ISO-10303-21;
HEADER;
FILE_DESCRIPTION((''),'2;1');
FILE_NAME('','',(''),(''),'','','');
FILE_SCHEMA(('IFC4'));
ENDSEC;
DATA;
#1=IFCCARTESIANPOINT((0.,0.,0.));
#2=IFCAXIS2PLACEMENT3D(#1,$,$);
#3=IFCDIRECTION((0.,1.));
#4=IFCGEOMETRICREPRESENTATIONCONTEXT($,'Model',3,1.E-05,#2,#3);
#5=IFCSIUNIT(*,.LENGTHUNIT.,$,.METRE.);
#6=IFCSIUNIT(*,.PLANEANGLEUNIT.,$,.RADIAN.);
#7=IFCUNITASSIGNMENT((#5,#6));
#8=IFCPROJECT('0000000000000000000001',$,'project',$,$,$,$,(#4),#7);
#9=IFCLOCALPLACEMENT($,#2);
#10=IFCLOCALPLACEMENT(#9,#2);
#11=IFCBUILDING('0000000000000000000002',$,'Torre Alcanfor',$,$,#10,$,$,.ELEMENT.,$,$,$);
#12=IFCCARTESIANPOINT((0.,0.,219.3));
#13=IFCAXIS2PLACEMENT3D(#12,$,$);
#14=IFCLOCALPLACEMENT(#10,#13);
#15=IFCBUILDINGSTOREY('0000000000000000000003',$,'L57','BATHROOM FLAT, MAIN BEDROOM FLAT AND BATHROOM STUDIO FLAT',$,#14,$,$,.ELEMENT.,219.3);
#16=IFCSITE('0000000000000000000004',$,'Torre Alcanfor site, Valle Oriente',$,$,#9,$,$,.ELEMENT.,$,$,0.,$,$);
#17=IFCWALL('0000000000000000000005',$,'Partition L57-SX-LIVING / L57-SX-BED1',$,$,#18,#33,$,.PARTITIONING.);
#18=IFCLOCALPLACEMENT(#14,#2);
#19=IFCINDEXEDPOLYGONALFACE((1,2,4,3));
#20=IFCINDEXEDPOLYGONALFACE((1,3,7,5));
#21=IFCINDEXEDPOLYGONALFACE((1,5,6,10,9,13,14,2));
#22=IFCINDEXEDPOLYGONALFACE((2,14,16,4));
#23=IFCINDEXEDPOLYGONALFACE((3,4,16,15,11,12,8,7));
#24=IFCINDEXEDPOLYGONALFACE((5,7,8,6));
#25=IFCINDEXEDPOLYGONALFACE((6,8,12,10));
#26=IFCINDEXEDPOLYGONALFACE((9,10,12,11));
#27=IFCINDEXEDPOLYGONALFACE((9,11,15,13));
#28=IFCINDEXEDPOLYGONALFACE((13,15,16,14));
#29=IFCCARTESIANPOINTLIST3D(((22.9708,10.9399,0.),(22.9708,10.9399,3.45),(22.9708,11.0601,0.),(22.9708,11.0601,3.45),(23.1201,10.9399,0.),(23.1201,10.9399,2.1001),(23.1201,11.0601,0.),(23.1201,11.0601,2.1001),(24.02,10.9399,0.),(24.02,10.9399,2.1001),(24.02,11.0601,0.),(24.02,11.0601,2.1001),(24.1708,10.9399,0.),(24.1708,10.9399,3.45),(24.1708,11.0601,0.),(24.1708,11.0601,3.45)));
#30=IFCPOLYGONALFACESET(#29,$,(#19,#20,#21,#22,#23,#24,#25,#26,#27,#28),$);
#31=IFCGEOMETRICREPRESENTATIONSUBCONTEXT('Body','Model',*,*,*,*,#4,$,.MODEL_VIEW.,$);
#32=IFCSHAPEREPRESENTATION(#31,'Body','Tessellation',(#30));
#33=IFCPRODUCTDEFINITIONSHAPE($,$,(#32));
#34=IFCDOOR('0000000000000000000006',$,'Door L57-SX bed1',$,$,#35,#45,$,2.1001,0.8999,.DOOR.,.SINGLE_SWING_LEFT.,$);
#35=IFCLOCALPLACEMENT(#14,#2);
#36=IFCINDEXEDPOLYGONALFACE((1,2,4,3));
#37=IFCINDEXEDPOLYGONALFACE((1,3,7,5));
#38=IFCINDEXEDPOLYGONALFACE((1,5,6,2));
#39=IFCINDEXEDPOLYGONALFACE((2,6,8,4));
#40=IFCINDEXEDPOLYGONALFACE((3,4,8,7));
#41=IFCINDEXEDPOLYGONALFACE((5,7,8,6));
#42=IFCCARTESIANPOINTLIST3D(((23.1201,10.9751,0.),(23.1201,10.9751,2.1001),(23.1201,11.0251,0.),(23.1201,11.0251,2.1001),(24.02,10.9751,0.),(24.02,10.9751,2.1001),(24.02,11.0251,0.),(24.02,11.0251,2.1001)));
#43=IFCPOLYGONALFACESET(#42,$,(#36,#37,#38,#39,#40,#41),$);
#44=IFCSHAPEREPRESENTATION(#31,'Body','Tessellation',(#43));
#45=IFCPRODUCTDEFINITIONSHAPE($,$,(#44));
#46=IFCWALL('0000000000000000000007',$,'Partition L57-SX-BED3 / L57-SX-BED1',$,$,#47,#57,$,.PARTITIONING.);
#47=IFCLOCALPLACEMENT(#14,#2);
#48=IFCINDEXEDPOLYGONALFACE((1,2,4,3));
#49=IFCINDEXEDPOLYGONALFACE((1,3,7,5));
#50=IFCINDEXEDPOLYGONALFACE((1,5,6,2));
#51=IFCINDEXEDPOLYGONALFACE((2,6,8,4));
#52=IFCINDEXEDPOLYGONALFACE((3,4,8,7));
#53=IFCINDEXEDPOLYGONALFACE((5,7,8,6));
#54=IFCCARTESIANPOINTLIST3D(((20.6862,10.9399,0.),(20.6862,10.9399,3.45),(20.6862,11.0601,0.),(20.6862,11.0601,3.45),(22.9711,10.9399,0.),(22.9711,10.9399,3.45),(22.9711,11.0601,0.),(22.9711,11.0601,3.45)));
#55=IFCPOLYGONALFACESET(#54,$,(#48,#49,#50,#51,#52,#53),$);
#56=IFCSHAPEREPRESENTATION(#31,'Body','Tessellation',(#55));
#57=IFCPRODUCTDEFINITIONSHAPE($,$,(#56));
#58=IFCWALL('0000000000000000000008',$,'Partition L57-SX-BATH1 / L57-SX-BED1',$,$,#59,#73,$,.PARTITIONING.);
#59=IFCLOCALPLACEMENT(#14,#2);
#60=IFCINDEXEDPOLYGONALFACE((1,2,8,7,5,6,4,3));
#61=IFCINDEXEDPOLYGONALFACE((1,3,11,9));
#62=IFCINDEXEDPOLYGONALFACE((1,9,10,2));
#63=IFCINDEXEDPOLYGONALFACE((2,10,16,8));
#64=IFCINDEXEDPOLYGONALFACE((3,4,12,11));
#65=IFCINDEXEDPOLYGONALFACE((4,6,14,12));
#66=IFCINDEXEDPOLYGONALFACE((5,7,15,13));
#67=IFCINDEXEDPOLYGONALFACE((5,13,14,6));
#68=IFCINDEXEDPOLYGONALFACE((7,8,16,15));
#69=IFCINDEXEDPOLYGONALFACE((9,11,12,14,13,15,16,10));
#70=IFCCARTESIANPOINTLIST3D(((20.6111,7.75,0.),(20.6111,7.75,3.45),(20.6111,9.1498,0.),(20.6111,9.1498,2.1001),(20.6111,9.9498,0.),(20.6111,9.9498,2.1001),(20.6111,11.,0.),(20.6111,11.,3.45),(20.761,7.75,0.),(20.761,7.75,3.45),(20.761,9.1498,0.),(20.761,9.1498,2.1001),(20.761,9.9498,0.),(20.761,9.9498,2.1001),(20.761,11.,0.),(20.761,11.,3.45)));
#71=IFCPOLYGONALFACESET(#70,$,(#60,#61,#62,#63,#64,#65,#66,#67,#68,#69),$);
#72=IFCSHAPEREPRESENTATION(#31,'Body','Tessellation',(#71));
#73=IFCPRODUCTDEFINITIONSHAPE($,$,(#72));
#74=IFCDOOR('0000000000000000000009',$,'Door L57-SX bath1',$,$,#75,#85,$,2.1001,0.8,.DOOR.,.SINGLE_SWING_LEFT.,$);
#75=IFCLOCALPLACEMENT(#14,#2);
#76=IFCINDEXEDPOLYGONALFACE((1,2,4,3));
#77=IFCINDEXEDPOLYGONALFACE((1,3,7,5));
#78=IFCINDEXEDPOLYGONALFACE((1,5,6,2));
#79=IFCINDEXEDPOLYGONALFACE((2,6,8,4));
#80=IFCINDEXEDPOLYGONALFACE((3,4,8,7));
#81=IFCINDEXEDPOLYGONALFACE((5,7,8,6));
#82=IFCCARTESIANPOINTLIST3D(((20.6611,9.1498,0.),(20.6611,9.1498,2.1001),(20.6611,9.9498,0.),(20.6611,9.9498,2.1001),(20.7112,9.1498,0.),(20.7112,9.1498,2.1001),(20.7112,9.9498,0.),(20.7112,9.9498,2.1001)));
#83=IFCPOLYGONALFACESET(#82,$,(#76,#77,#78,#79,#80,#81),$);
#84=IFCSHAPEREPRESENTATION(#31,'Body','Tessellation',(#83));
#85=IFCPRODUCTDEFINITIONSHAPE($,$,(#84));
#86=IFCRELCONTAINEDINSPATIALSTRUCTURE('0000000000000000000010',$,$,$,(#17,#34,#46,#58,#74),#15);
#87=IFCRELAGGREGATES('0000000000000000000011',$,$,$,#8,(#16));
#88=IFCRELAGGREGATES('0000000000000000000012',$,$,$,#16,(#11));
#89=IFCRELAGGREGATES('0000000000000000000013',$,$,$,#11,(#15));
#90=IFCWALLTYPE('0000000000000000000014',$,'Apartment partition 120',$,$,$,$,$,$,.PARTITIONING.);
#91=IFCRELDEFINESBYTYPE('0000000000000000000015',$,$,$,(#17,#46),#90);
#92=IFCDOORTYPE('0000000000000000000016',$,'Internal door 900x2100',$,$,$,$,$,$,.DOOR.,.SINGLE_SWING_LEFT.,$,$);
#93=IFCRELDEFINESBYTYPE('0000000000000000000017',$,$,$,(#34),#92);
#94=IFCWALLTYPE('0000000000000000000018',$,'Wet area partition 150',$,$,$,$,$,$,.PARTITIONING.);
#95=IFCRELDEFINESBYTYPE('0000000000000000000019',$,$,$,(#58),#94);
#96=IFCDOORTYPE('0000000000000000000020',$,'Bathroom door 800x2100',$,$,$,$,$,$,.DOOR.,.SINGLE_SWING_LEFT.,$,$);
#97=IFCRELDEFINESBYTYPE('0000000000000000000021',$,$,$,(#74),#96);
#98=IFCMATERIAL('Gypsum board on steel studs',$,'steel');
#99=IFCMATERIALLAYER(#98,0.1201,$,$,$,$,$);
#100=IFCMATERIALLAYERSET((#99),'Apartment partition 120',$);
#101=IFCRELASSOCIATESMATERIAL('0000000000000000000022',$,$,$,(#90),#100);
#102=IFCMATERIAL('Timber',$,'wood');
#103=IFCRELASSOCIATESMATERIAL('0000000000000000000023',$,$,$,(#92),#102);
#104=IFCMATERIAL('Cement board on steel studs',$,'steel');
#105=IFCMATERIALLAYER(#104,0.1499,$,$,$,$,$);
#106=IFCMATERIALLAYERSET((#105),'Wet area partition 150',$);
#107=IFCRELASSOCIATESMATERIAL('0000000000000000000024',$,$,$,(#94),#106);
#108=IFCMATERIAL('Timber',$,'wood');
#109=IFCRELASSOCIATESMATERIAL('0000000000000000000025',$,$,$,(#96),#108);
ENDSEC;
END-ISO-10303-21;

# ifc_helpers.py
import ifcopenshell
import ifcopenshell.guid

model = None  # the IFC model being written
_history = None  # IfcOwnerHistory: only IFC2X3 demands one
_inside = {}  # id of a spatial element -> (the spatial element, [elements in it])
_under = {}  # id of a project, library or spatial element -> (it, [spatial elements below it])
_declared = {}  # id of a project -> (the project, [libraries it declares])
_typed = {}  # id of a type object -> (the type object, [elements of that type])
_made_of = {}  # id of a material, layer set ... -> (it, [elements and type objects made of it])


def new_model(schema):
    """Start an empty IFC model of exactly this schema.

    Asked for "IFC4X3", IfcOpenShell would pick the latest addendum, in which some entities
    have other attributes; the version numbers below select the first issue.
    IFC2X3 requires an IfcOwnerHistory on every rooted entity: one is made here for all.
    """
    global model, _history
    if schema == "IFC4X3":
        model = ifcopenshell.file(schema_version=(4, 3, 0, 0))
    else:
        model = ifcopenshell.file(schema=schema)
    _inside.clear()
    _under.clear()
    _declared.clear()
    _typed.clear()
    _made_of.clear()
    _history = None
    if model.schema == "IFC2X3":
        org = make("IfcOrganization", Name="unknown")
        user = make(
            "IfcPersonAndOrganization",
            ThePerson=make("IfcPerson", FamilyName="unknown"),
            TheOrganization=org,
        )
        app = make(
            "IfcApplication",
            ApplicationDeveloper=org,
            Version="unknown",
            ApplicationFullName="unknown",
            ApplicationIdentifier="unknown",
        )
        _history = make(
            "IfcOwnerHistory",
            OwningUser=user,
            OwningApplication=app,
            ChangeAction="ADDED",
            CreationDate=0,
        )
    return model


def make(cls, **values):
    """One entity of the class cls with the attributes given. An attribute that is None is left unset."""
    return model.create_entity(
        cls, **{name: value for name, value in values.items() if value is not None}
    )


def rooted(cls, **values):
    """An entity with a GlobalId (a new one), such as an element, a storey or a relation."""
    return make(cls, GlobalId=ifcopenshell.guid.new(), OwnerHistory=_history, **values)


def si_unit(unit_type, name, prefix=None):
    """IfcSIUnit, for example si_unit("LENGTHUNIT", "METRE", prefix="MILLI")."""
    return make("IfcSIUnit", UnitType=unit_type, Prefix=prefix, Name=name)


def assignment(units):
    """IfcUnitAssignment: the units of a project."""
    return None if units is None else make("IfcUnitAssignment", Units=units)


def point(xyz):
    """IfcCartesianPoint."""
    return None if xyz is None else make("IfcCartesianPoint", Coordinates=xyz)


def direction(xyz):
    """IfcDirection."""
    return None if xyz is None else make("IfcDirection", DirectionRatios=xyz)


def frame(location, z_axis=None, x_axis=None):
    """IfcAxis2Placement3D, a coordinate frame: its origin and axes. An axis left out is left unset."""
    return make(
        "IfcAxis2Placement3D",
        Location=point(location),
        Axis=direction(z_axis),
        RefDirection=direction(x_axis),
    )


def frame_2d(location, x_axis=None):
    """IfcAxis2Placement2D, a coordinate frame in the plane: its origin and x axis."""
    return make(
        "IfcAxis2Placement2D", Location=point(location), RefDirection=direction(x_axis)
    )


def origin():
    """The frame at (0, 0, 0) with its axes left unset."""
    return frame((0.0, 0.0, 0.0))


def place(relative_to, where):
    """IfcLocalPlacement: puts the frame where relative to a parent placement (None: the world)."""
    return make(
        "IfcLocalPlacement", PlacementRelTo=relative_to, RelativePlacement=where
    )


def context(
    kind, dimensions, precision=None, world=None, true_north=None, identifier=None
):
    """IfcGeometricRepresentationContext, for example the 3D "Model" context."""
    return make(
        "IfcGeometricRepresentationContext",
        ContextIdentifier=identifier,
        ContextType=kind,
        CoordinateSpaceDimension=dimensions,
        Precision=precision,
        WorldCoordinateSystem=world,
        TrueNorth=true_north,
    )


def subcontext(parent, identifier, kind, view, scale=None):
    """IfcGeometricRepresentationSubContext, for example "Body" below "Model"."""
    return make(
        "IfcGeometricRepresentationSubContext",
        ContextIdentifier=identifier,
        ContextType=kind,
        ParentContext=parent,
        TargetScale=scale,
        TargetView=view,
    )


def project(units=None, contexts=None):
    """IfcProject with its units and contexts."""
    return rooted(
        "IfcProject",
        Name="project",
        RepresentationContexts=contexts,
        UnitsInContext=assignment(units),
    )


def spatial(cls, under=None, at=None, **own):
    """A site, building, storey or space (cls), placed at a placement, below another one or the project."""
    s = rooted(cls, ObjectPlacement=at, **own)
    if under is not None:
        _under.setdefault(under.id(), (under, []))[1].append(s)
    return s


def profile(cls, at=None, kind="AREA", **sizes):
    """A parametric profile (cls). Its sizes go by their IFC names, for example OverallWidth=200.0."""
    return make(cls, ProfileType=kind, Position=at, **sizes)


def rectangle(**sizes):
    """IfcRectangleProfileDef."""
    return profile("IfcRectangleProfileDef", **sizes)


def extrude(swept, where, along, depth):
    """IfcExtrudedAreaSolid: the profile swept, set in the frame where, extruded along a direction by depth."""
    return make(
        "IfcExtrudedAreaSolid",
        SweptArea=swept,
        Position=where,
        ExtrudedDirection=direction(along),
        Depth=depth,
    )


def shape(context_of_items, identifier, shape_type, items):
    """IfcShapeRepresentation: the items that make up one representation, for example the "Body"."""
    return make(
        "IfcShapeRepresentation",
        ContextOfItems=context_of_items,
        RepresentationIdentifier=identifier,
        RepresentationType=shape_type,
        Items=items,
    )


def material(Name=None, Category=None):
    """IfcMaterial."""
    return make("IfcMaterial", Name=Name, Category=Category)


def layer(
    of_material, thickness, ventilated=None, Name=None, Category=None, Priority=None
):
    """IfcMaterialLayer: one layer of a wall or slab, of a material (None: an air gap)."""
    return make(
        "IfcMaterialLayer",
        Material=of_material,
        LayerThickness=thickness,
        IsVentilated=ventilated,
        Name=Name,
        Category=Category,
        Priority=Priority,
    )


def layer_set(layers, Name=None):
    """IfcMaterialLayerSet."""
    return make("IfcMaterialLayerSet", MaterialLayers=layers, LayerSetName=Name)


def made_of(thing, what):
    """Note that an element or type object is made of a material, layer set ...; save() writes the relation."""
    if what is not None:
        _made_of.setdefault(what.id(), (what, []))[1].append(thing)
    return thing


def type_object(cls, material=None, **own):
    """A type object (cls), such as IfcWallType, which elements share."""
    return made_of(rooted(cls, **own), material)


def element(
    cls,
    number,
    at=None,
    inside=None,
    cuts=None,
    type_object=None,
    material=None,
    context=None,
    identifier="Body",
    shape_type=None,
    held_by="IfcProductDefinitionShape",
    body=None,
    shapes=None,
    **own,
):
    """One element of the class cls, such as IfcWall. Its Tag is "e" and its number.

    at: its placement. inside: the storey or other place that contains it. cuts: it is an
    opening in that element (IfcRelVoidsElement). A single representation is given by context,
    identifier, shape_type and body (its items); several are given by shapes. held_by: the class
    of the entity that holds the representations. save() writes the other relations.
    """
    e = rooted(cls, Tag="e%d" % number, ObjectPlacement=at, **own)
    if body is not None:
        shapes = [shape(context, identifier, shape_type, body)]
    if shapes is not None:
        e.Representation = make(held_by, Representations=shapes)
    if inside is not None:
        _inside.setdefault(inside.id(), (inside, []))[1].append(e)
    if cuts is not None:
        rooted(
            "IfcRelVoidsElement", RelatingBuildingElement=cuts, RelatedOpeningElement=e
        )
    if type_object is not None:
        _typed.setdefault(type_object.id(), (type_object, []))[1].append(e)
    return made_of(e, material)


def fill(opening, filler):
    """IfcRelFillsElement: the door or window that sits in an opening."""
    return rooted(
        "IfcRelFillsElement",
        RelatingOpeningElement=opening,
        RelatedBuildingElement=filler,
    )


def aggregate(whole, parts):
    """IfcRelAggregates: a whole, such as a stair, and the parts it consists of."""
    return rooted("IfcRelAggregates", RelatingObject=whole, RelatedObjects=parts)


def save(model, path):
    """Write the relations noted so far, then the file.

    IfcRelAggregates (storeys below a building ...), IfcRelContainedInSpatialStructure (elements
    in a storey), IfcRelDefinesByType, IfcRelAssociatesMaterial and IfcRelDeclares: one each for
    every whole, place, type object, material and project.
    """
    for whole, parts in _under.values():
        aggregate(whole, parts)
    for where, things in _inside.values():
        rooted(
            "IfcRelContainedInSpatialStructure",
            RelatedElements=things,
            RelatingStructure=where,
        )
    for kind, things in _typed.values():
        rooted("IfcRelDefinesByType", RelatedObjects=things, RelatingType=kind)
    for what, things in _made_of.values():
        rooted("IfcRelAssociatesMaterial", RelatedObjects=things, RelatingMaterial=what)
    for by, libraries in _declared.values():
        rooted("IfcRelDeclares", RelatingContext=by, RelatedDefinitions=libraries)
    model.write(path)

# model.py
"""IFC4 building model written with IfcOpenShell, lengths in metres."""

from ifc_helpers import new_model, si_unit, direction, frame, frame_2d, origin, place, context, subcontext, project, spatial, rectangle, extrude, material, layer, layer_set, type_object, element, fill, save


model = new_model("IFC4")

# Units and contexts
model_context = context("Model", 3, precision=1e-05, world=origin(), true_north=direction((0.0, 1.0)))
body_context = subcontext(model_context, "Body", "Model", "MODEL_VIEW")
ifc_project = project(units=[si_unit("LENGTHUNIT", "METRE"), si_unit("PLANEANGLEUNIT", "RADIAN")], contexts=[model_context])

# Site, building, storey
site_placement = place(None, origin())
site = spatial("IfcSite", under=ifc_project, at=site_placement, Name="Torre Alcanfor site, Valle Oriente", CompositionType="ELEMENT", RefElevation=0.0)
building_placement = place(site_placement, origin())
building = spatial("IfcBuilding", under=site, at=building_placement, Name="Torre Alcanfor", CompositionType="ELEMENT")
storey_placement = place(building_placement, frame((0.0, 0.0, 219.3)))
storey = spatial("IfcBuildingStorey", under=building, at=storey_placement, Name="L57", Description="BATHROOM FLAT, MAIN BEDROOM FLAT AND BATHROOM STUDIO FLAT", CompositionType="ELEMENT", Elevation=219.3)

# Shared definitions
ifc_material_1 = material(Name="Gypsum board on steel studs", Category="steel")
ifc_layer_1 = layer(ifc_material_1, 0.1201)
ifc_layer_set_1 = layer_set([ifc_layer_1], Name="Apartment partition 120")
wall_type_1 = type_object("IfcWallType", Name="Apartment partition 120", PredefinedType="PARTITIONING", material=ifc_layer_set_1)

# Shared definitions
ifc_material_2 = material(Name="Timber", Category="wood")
door_type_1 = type_object("IfcDoorType", Name="Internal door 900x2100", OperationType="SINGLE_SWING_LEFT", PredefinedType="DOOR", material=ifc_material_2)

# Wall, opening, door
wall_1_placement = place(storey_placement, frame((24.1709, 11.0, 0.0), z_axis=(0.0, 0.0, 1.0), x_axis=(-1.0, 0.0, 0.0)))
wall_1 = element("IfcWall", 1, at=wall_1_placement, inside=storey, type_object=wall_type_1, Name="Partition L57-SX-LIVING / L57-SX-BED1", PredefinedType="PARTITIONING", context=body_context, shape_type="SweptSolid", body=[
    extrude(rectangle(XDim=1.2, YDim=0.1201, at=frame_2d((0.6001, 0.0))), origin(), (0.0, 0.0, 1.0), 3.45),
])
opening_1_placement = place(wall_1_placement, frame((0.1509, 0.0, 0.0)))
opening_1 = element("IfcOpeningElement", 2, at=opening_1_placement, cuts=wall_1, PredefinedType="OPENING", context=body_context, shape_type="SweptSolid", body=[
    extrude(rectangle(XDim=0.8999, YDim=2.1001, at=frame_2d((0.45, 1.05))), frame((0.0, 0.0701, 0.0), z_axis=(0.0, -1.0, 0.0), x_axis=(1.0, 0.0, 0.0)), (0.0, 0.0, 1.0), 0.1401),
])
door_1_placement = place(opening_1_placement, origin())
door_1 = element("IfcDoor", 3, at=door_1_placement, inside=storey, type_object=door_type_1, Name="Door L57-SX bed1", OperationType="SINGLE_SWING_LEFT", OverallHeight=2.1001, OverallWidth=0.8999, PredefinedType="DOOR", context=body_context, shape_type="SweptSolid", body=[
    extrude(rectangle(XDim=0.8999, YDim=2.1001, at=frame_2d((0.45, 1.05))), frame((0.0, 0.0249, 0.0), z_axis=(0.0, -1.0, 0.0), x_axis=(1.0, 0.0, 0.0)), (0.0, 0.0, 1.0), 0.05),
])
fill(opening_1, door_1)

# Wall
wall_2_placement = place(storey_placement, frame((20.686, 11.0, 0.0), z_axis=(0.0, 0.0, 1.0), x_axis=(1.0, 0.0, 0.0)))
element("IfcWall", 4, at=wall_2_placement, inside=storey, type_object=wall_type_1, Name="Partition L57-SX-BED3 / L57-SX-BED1", PredefinedType="PARTITIONING", context=body_context, shape_type="SweptSolid", body=[
    extrude(rectangle(XDim=2.2849, YDim=0.1201, at=frame_2d((1.1426, 0.0))), origin(), (0.0, 0.0, 1.0), 3.45),
])

# Wall, opening, door
ifc_material_3 = material(Name="Cement board on steel studs", Category="steel")
ifc_layer_2 = layer(ifc_material_3, 0.1499)
ifc_layer_set_2 = layer_set([ifc_layer_2], Name="Wet area partition 150")
wall_type_2 = type_object("IfcWallType", Name="Wet area partition 150", PredefinedType="PARTITIONING", material=ifc_layer_set_2)
wall_3_placement = place(storey_placement, frame((20.686, 7.75, 0.0), z_axis=(0.0, 0.0, 1.0), x_axis=(0.0, 1.0, 0.0)))
wall_3 = element("IfcWall", 5, at=wall_3_placement, inside=storey, type_object=wall_type_2, Name="Partition L57-SX-BATH1 / L57-SX-BED1", PredefinedType="PARTITIONING", context=body_context, shape_type="SweptSolid", body=[
    extrude(rectangle(XDim=3.25, YDim=0.1499, at=frame_2d((1.625, 0.0))), origin(), (0.0, 0.0, 1.0), 3.45),
])
opening_2_placement = place(wall_3_placement, frame((1.3999, 0.0, 0.0)))
opening_2 = element("IfcOpeningElement", 6, at=opening_2_placement, cuts=wall_3, PredefinedType="OPENING", context=body_context, shape_type="SweptSolid", body=[
    extrude(rectangle(XDim=0.8, YDim=2.1001, at=frame_2d((0.3999, 1.05))), frame((0.0, 0.085, 0.0), z_axis=(0.0, -1.0, 0.0), x_axis=(1.0, 0.0, 0.0)), (0.0, 0.0, 1.0), 0.1699),
])
ifc_material_4 = material(Name="Timber", Category="wood")
door_type_2 = type_object("IfcDoorType", Name="Bathroom door 800x2100", OperationType="SINGLE_SWING_LEFT", PredefinedType="DOOR", material=ifc_material_4)
door_2_placement = place(opening_2_placement, frame((0.8, 0.0, 0.0), z_axis=(0.0, 0.0, 1.0), x_axis=(-1.0, 0.0, 0.0)))
door_2 = element("IfcDoor", 7, at=door_2_placement, inside=storey, type_object=door_type_2, Name="Door L57-SX bath1", OperationType="SINGLE_SWING_LEFT", OverallHeight=2.1001, OverallWidth=0.8, PredefinedType="DOOR", context=body_context, shape_type="SweptSolid", body=[
    extrude(rectangle(XDim=0.8, YDim=2.1001, at=frame_2d((0.4001, 1.05))), frame((0.0, 0.0251, 0.0), z_axis=(0.0, -1.0, 0.0), x_axis=(1.0, 0.0, 0.0)), (0.0, 0.0, 1.0), 0.05),
])
fill(opening_2, door_2)

save(model, "model.ifc")
